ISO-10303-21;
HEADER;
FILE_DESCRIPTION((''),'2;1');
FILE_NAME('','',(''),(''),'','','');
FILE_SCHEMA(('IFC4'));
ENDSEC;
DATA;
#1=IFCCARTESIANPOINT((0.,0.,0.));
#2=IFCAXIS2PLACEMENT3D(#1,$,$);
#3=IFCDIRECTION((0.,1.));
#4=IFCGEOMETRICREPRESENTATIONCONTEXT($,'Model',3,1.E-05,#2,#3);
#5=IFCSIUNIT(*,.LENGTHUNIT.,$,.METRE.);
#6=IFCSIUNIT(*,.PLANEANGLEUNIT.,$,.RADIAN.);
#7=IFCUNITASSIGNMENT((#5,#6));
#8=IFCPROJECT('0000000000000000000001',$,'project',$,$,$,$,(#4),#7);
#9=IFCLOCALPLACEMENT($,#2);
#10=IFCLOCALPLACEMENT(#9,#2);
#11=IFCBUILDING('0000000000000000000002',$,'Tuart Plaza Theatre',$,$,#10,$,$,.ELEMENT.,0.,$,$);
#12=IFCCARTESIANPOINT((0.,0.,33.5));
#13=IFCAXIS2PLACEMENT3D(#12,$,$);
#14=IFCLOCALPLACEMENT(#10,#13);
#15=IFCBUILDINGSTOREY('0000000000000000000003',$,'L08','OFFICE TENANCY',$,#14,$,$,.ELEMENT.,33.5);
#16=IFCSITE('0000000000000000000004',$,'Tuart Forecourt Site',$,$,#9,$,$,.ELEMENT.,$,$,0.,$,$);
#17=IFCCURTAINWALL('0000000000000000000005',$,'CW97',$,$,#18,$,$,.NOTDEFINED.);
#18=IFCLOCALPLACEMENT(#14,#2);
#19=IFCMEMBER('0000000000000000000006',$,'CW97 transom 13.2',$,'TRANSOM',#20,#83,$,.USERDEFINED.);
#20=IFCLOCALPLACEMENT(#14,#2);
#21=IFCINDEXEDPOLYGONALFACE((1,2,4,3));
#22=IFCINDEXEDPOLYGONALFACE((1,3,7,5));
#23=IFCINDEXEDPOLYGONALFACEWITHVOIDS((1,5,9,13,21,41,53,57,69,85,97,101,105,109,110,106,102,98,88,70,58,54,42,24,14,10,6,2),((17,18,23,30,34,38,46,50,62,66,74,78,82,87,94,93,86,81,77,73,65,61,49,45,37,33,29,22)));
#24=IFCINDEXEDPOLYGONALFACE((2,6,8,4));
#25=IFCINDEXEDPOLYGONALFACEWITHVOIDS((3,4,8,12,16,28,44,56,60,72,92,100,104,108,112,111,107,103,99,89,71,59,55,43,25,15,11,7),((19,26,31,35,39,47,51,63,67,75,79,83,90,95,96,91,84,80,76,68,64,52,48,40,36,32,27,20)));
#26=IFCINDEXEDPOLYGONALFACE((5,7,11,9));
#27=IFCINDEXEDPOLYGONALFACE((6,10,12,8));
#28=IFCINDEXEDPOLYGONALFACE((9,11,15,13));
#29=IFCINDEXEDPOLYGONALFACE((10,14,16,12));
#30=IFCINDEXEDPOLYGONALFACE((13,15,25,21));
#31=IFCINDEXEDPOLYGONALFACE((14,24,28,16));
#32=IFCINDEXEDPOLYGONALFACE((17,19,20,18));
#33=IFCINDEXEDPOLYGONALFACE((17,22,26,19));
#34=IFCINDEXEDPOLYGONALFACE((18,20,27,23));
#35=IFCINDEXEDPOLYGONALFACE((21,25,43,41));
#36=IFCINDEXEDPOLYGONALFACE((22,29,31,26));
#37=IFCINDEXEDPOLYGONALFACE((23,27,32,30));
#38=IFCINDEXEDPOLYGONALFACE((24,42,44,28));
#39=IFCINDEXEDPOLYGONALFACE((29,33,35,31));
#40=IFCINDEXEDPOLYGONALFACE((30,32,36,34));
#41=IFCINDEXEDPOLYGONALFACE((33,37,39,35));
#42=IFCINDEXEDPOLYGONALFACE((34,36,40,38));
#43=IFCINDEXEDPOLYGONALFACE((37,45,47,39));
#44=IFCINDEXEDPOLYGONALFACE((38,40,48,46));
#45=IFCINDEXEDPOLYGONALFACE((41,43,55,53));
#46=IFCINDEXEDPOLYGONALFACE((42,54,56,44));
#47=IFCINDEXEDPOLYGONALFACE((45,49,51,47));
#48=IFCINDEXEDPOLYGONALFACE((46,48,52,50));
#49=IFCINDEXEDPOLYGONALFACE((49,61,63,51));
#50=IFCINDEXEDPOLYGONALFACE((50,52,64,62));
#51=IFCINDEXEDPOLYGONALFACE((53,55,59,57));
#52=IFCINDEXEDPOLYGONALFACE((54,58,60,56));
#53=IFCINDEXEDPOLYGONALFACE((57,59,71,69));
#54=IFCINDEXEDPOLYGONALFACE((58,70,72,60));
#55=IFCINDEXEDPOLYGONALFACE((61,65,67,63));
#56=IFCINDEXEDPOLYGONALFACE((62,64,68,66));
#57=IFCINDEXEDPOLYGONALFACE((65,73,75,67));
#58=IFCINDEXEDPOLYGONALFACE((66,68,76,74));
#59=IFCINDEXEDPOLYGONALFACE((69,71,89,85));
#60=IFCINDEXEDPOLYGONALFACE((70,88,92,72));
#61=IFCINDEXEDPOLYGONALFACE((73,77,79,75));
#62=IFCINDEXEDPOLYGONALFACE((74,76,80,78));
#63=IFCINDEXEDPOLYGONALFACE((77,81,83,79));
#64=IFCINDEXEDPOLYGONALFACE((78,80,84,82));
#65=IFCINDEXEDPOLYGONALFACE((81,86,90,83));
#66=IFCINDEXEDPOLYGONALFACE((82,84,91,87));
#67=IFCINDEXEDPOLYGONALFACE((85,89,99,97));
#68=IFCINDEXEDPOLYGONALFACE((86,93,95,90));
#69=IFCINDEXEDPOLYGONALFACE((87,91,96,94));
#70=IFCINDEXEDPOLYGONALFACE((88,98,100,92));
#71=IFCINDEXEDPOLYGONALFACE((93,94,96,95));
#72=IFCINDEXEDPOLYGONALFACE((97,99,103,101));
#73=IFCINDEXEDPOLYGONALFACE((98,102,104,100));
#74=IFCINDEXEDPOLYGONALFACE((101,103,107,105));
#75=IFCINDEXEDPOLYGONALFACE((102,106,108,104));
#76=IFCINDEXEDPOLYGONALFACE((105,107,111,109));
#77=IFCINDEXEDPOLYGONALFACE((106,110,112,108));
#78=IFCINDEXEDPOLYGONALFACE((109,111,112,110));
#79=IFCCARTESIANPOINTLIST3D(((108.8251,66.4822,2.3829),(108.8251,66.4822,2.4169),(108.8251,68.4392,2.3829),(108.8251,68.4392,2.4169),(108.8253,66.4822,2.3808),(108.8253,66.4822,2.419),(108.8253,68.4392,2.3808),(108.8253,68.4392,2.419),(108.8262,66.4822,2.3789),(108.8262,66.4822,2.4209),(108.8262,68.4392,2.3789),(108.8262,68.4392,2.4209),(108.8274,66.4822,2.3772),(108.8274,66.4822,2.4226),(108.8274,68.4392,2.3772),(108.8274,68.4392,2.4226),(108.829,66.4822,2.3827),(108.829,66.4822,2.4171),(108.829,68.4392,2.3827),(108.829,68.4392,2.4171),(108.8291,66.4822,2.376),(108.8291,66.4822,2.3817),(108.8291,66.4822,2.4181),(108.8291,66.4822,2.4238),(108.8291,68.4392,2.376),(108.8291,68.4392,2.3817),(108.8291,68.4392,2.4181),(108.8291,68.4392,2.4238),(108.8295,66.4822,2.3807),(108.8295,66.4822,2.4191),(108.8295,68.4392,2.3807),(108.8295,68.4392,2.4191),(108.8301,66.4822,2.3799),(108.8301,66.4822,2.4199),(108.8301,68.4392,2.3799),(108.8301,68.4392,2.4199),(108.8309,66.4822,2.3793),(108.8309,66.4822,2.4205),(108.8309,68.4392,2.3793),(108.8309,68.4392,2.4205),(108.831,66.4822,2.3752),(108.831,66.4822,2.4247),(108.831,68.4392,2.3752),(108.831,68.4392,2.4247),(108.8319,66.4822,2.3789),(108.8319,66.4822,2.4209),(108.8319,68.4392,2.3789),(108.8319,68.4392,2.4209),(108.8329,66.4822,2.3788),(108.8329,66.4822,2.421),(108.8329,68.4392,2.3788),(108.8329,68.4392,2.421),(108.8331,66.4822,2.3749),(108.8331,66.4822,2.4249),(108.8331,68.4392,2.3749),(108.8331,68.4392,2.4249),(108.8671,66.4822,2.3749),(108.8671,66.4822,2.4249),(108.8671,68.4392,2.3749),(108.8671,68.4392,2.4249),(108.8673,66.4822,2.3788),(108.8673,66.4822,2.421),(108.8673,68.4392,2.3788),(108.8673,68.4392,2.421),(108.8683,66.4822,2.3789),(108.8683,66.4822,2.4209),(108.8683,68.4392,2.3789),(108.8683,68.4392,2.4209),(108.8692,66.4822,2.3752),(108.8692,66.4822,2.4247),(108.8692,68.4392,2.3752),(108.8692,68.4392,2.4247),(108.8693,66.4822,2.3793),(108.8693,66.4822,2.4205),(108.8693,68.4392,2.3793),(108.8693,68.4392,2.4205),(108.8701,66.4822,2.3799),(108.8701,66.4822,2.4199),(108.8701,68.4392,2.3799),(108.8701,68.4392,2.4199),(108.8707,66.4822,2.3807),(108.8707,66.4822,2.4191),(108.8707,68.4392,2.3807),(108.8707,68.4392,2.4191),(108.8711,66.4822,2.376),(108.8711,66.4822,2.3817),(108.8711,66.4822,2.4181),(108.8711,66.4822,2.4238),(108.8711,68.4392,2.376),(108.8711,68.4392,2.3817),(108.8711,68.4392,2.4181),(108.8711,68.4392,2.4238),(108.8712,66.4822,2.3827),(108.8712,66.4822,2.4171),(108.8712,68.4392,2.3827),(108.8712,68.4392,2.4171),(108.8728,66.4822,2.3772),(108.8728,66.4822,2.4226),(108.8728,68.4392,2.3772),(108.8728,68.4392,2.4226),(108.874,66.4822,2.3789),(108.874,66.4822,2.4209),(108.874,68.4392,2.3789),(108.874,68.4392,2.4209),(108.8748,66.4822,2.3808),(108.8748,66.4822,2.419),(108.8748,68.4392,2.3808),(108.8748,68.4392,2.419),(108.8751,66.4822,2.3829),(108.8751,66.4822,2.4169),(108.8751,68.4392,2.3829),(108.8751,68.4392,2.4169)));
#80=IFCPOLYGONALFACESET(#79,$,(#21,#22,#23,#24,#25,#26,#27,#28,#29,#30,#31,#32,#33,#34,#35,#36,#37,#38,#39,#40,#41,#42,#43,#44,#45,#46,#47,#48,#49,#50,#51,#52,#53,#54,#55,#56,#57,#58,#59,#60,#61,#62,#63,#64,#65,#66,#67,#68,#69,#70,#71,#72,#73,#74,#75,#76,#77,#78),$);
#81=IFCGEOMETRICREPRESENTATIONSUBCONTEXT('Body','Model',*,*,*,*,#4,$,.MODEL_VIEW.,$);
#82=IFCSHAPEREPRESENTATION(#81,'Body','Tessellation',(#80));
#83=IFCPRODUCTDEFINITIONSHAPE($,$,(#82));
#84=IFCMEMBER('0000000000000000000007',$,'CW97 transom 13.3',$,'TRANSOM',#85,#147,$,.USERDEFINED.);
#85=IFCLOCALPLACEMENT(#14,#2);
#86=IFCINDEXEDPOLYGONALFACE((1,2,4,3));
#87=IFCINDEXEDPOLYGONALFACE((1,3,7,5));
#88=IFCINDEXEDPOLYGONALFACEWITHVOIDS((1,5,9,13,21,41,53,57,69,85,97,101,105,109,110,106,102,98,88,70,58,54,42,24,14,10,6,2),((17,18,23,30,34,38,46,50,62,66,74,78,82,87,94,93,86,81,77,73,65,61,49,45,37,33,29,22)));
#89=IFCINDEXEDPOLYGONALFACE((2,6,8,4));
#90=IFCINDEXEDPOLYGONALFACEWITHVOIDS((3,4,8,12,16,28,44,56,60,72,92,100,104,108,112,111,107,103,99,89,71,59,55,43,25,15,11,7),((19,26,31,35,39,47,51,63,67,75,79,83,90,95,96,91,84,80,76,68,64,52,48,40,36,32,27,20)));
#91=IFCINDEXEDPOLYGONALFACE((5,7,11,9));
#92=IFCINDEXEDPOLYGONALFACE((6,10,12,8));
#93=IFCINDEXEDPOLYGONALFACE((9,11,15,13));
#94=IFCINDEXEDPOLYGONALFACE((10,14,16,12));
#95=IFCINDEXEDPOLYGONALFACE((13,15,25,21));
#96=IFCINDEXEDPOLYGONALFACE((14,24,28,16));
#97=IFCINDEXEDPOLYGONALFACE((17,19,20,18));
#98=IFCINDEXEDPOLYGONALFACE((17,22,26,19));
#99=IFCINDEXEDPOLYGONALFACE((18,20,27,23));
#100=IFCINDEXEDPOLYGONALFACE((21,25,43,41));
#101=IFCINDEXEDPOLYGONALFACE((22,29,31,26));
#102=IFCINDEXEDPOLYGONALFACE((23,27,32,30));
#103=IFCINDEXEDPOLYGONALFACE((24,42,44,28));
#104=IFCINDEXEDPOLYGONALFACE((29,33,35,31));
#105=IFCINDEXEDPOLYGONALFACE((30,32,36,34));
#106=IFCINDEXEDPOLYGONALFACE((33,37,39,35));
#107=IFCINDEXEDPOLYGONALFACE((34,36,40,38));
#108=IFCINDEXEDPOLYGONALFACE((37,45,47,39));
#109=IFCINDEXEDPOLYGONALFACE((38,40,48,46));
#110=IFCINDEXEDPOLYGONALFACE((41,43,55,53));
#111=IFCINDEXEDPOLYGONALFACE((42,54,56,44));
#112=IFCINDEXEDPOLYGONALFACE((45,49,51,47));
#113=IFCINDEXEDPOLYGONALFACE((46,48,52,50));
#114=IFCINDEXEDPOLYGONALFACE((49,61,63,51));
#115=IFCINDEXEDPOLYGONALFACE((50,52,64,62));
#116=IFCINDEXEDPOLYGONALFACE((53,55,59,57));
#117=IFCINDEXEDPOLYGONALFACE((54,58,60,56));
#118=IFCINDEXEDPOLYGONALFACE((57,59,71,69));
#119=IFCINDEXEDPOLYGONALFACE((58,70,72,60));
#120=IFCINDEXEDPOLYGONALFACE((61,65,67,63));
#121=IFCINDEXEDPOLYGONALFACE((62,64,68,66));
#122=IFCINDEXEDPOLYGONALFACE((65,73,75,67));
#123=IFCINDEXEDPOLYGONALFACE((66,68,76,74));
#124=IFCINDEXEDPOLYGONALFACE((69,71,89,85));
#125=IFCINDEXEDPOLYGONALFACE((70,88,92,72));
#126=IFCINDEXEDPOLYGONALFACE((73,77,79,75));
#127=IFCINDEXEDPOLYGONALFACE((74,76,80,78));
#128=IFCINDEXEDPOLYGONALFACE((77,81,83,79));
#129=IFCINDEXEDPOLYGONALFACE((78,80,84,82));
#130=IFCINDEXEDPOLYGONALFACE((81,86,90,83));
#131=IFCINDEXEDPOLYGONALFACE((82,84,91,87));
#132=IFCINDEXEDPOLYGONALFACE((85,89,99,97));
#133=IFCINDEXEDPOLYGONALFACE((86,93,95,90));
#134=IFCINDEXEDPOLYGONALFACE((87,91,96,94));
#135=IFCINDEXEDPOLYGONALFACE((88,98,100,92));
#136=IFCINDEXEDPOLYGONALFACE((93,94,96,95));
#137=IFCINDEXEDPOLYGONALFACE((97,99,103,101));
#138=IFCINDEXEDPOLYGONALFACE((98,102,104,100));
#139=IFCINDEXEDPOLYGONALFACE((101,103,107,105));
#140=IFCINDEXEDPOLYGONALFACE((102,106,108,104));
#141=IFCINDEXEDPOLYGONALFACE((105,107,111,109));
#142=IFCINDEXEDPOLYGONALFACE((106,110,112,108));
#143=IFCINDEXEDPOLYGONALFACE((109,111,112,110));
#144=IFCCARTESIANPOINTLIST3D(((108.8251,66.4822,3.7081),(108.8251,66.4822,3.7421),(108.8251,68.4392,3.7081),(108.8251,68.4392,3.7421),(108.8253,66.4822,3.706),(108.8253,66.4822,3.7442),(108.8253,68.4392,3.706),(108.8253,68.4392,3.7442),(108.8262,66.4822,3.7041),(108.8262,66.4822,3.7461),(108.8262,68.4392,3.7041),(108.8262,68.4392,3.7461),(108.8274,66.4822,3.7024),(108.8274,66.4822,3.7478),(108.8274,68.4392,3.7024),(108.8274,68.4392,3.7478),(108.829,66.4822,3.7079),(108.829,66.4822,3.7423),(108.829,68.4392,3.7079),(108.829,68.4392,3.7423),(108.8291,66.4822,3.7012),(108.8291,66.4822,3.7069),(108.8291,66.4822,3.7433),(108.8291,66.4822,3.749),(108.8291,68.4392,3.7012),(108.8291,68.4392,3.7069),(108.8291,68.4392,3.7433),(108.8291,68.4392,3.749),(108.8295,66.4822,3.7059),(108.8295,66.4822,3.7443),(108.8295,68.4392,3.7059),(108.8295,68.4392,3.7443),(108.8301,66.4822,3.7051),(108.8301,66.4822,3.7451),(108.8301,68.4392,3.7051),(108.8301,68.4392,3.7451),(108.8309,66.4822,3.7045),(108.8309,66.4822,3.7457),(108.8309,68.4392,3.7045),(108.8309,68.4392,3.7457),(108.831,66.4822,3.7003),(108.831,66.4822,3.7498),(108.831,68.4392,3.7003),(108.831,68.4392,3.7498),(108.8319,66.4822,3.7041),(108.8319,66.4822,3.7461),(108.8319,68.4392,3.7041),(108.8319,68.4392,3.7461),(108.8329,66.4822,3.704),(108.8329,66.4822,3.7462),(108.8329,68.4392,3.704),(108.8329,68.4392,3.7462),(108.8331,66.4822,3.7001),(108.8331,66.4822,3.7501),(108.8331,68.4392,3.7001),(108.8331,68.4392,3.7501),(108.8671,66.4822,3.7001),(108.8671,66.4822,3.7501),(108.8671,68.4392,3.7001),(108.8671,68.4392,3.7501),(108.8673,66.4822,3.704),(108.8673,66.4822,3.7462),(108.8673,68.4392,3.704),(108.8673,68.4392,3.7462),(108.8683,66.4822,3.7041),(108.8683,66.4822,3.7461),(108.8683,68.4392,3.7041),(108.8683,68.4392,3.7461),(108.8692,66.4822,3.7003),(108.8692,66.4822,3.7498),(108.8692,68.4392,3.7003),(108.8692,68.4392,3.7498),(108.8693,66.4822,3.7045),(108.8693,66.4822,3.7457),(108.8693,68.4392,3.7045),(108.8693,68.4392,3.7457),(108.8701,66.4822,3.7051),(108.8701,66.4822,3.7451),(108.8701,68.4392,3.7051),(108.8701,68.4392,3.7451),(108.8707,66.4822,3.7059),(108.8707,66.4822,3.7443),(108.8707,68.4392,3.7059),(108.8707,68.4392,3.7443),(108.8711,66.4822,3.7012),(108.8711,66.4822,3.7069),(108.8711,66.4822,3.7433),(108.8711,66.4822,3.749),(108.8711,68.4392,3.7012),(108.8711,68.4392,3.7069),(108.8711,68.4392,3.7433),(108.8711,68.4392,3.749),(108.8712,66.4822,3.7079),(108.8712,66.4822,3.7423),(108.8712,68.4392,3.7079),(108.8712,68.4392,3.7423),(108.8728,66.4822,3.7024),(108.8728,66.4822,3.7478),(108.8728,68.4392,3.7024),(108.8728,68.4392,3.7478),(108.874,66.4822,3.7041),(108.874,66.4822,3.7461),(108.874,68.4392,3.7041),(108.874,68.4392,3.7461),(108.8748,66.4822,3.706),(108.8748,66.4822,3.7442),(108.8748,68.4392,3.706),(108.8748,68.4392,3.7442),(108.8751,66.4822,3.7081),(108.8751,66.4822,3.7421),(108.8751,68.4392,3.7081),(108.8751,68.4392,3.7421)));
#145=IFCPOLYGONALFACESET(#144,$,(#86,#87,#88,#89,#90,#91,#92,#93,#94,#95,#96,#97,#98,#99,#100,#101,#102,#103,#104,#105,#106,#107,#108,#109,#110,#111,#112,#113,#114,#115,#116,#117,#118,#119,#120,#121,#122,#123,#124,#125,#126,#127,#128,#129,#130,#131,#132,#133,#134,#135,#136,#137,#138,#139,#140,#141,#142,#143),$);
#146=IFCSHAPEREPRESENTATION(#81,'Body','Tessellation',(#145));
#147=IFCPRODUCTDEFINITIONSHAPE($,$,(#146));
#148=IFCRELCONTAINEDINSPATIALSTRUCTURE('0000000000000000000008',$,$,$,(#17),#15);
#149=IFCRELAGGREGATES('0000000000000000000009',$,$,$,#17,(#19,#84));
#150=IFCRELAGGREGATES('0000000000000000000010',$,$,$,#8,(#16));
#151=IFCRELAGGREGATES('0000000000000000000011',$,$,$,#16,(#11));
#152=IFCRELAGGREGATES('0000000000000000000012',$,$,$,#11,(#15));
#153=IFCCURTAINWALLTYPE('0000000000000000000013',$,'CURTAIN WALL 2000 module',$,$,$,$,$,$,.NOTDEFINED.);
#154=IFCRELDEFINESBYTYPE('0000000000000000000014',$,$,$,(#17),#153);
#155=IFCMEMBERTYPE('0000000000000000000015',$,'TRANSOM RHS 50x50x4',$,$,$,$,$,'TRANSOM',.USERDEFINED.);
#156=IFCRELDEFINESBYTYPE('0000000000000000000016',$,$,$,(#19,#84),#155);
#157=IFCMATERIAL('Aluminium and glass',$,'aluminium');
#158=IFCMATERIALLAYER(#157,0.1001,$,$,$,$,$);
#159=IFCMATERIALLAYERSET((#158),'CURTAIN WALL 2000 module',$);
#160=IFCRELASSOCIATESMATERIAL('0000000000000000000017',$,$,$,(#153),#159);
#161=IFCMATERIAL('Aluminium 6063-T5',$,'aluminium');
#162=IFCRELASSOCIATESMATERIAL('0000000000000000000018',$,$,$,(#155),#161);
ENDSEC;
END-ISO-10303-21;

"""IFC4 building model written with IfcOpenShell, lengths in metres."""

from ifc_helpers import new_model, si_unit, direction, frame, origin, origin_2d, place, context, subcontext, project, spatial, hollow_rectangle, extrude, material, layer, layer_set, material_profile, profile_set, type_object, element, aggregate, save


model = new_model("IFC4")

# Units and contexts
model_context = context("Model", 3, precision=1e-05, world=origin(), true_north=direction((0.0, 1.0)))
body_context = subcontext(model_context, "Body", "Model", "MODEL_VIEW")
ifc_project = project(units=[si_unit("LENGTHUNIT", "METRE"), si_unit("PLANEANGLEUNIT", "RADIAN")], contexts=[model_context])

# Site, building, storey
site_placement = place(None, origin())
site = spatial("IfcSite", under=ifc_project, at=site_placement, Name="Tuart Forecourt Site", CompositionType="ELEMENT", RefElevation=0.0)
building_placement = place(site_placement, origin())
building = spatial("IfcBuilding", under=site, at=building_placement, Name="Tuart Plaza Theatre", CompositionType="ELEMENT", ElevationOfRefHeight=0.0)
storey_placement = place(building_placement, frame((0.0, 0.0, 33.5)))
storey = spatial("IfcBuildingStorey", under=building, at=storey_placement, Name="L08", Description="OFFICE TENANCY", CompositionType="ELEMENT", Elevation=33.5)

# Curtain wall
ifc_material_1 = material(Name="Aluminium and glass", Category="aluminium")
ifc_layer_1 = layer(ifc_material_1, 0.1001)
ifc_layer_set_1 = layer_set([ifc_layer_1], Name="CURTAIN WALL 2000 module")
curtain_wall_type = type_object("IfcCurtainWallType", Name="CURTAIN WALL 2000 module", PredefinedType="NOTDEFINED", material=ifc_layer_set_1)
curtain_wall_1_placement = place(storey_placement, origin())
curtain_wall_1 = element("IfcCurtainWall", 1, at=curtain_wall_1_placement, inside=storey, type_object=curtain_wall_type, Name="CW97", PredefinedType="NOTDEFINED")

# Members
ifc_material_2 = material(Name="Aluminium 6063-T5", Category="aluminium")
ifc_material_profile_1 = material_profile(ifc_material_2, hollow_rectangle(XDim=0.05, YDim=0.05, WallThickness=0.0039, InnerFilletRadius=0.0039, OuterFilletRadius=0.0081, at=origin_2d()), Name="RHS 50x50x4")
ifc_profile_set_1 = profile_set([ifc_material_profile_1], Name="Aluminium 6063-T5")
member_type_1 = type_object("IfcMemberType", Name="TRANSOM RHS 50x50x4", ElementType="TRANSOM", PredefinedType="USERDEFINED", material=ifc_profile_set_1)
member_1_placement = place(storey_placement, frame((108.8501, 68.4392, 2.3999), z_axis=(0.0, -1.0, 0.0), x_axis=(1.0, 0.0, 0.0)))
member_1 = element("IfcMember", 2, at=member_1_placement, type_object=member_type_1, Name="CW97 transom 13.2", ObjectType="TRANSOM", PredefinedType="USERDEFINED", context=body_context, shape_type="SweptSolid", body=[
    extrude(hollow_rectangle(XDim=0.05, YDim=0.05, WallThickness=0.0039, InnerFilletRadius=0.0039, OuterFilletRadius=0.0081, at=origin_2d()), origin(), (0.0, 0.0, 1.0), 1.957),
])
member_2_placement = place(storey_placement, frame((108.8501, 68.4392, 3.7251), z_axis=(0.0, -1.0, 0.0), x_axis=(1.0, 0.0, 0.0)))
member_2 = element("IfcMember", 3, at=member_2_placement, type_object=member_type_1, Name="CW97 transom 13.3", ObjectType="TRANSOM", PredefinedType="USERDEFINED", context=body_context, shape_type="SweptSolid", body=[
    extrude(hollow_rectangle(XDim=0.05, YDim=0.05, WallThickness=0.0039, InnerFilletRadius=0.0039, OuterFilletRadius=0.0081, at=origin_2d()), origin(), (0.0, 0.0, 1.0), 1.957),
])

aggregate(curtain_wall_1, [member_1, member_2])

save(model, "model.ifc")
